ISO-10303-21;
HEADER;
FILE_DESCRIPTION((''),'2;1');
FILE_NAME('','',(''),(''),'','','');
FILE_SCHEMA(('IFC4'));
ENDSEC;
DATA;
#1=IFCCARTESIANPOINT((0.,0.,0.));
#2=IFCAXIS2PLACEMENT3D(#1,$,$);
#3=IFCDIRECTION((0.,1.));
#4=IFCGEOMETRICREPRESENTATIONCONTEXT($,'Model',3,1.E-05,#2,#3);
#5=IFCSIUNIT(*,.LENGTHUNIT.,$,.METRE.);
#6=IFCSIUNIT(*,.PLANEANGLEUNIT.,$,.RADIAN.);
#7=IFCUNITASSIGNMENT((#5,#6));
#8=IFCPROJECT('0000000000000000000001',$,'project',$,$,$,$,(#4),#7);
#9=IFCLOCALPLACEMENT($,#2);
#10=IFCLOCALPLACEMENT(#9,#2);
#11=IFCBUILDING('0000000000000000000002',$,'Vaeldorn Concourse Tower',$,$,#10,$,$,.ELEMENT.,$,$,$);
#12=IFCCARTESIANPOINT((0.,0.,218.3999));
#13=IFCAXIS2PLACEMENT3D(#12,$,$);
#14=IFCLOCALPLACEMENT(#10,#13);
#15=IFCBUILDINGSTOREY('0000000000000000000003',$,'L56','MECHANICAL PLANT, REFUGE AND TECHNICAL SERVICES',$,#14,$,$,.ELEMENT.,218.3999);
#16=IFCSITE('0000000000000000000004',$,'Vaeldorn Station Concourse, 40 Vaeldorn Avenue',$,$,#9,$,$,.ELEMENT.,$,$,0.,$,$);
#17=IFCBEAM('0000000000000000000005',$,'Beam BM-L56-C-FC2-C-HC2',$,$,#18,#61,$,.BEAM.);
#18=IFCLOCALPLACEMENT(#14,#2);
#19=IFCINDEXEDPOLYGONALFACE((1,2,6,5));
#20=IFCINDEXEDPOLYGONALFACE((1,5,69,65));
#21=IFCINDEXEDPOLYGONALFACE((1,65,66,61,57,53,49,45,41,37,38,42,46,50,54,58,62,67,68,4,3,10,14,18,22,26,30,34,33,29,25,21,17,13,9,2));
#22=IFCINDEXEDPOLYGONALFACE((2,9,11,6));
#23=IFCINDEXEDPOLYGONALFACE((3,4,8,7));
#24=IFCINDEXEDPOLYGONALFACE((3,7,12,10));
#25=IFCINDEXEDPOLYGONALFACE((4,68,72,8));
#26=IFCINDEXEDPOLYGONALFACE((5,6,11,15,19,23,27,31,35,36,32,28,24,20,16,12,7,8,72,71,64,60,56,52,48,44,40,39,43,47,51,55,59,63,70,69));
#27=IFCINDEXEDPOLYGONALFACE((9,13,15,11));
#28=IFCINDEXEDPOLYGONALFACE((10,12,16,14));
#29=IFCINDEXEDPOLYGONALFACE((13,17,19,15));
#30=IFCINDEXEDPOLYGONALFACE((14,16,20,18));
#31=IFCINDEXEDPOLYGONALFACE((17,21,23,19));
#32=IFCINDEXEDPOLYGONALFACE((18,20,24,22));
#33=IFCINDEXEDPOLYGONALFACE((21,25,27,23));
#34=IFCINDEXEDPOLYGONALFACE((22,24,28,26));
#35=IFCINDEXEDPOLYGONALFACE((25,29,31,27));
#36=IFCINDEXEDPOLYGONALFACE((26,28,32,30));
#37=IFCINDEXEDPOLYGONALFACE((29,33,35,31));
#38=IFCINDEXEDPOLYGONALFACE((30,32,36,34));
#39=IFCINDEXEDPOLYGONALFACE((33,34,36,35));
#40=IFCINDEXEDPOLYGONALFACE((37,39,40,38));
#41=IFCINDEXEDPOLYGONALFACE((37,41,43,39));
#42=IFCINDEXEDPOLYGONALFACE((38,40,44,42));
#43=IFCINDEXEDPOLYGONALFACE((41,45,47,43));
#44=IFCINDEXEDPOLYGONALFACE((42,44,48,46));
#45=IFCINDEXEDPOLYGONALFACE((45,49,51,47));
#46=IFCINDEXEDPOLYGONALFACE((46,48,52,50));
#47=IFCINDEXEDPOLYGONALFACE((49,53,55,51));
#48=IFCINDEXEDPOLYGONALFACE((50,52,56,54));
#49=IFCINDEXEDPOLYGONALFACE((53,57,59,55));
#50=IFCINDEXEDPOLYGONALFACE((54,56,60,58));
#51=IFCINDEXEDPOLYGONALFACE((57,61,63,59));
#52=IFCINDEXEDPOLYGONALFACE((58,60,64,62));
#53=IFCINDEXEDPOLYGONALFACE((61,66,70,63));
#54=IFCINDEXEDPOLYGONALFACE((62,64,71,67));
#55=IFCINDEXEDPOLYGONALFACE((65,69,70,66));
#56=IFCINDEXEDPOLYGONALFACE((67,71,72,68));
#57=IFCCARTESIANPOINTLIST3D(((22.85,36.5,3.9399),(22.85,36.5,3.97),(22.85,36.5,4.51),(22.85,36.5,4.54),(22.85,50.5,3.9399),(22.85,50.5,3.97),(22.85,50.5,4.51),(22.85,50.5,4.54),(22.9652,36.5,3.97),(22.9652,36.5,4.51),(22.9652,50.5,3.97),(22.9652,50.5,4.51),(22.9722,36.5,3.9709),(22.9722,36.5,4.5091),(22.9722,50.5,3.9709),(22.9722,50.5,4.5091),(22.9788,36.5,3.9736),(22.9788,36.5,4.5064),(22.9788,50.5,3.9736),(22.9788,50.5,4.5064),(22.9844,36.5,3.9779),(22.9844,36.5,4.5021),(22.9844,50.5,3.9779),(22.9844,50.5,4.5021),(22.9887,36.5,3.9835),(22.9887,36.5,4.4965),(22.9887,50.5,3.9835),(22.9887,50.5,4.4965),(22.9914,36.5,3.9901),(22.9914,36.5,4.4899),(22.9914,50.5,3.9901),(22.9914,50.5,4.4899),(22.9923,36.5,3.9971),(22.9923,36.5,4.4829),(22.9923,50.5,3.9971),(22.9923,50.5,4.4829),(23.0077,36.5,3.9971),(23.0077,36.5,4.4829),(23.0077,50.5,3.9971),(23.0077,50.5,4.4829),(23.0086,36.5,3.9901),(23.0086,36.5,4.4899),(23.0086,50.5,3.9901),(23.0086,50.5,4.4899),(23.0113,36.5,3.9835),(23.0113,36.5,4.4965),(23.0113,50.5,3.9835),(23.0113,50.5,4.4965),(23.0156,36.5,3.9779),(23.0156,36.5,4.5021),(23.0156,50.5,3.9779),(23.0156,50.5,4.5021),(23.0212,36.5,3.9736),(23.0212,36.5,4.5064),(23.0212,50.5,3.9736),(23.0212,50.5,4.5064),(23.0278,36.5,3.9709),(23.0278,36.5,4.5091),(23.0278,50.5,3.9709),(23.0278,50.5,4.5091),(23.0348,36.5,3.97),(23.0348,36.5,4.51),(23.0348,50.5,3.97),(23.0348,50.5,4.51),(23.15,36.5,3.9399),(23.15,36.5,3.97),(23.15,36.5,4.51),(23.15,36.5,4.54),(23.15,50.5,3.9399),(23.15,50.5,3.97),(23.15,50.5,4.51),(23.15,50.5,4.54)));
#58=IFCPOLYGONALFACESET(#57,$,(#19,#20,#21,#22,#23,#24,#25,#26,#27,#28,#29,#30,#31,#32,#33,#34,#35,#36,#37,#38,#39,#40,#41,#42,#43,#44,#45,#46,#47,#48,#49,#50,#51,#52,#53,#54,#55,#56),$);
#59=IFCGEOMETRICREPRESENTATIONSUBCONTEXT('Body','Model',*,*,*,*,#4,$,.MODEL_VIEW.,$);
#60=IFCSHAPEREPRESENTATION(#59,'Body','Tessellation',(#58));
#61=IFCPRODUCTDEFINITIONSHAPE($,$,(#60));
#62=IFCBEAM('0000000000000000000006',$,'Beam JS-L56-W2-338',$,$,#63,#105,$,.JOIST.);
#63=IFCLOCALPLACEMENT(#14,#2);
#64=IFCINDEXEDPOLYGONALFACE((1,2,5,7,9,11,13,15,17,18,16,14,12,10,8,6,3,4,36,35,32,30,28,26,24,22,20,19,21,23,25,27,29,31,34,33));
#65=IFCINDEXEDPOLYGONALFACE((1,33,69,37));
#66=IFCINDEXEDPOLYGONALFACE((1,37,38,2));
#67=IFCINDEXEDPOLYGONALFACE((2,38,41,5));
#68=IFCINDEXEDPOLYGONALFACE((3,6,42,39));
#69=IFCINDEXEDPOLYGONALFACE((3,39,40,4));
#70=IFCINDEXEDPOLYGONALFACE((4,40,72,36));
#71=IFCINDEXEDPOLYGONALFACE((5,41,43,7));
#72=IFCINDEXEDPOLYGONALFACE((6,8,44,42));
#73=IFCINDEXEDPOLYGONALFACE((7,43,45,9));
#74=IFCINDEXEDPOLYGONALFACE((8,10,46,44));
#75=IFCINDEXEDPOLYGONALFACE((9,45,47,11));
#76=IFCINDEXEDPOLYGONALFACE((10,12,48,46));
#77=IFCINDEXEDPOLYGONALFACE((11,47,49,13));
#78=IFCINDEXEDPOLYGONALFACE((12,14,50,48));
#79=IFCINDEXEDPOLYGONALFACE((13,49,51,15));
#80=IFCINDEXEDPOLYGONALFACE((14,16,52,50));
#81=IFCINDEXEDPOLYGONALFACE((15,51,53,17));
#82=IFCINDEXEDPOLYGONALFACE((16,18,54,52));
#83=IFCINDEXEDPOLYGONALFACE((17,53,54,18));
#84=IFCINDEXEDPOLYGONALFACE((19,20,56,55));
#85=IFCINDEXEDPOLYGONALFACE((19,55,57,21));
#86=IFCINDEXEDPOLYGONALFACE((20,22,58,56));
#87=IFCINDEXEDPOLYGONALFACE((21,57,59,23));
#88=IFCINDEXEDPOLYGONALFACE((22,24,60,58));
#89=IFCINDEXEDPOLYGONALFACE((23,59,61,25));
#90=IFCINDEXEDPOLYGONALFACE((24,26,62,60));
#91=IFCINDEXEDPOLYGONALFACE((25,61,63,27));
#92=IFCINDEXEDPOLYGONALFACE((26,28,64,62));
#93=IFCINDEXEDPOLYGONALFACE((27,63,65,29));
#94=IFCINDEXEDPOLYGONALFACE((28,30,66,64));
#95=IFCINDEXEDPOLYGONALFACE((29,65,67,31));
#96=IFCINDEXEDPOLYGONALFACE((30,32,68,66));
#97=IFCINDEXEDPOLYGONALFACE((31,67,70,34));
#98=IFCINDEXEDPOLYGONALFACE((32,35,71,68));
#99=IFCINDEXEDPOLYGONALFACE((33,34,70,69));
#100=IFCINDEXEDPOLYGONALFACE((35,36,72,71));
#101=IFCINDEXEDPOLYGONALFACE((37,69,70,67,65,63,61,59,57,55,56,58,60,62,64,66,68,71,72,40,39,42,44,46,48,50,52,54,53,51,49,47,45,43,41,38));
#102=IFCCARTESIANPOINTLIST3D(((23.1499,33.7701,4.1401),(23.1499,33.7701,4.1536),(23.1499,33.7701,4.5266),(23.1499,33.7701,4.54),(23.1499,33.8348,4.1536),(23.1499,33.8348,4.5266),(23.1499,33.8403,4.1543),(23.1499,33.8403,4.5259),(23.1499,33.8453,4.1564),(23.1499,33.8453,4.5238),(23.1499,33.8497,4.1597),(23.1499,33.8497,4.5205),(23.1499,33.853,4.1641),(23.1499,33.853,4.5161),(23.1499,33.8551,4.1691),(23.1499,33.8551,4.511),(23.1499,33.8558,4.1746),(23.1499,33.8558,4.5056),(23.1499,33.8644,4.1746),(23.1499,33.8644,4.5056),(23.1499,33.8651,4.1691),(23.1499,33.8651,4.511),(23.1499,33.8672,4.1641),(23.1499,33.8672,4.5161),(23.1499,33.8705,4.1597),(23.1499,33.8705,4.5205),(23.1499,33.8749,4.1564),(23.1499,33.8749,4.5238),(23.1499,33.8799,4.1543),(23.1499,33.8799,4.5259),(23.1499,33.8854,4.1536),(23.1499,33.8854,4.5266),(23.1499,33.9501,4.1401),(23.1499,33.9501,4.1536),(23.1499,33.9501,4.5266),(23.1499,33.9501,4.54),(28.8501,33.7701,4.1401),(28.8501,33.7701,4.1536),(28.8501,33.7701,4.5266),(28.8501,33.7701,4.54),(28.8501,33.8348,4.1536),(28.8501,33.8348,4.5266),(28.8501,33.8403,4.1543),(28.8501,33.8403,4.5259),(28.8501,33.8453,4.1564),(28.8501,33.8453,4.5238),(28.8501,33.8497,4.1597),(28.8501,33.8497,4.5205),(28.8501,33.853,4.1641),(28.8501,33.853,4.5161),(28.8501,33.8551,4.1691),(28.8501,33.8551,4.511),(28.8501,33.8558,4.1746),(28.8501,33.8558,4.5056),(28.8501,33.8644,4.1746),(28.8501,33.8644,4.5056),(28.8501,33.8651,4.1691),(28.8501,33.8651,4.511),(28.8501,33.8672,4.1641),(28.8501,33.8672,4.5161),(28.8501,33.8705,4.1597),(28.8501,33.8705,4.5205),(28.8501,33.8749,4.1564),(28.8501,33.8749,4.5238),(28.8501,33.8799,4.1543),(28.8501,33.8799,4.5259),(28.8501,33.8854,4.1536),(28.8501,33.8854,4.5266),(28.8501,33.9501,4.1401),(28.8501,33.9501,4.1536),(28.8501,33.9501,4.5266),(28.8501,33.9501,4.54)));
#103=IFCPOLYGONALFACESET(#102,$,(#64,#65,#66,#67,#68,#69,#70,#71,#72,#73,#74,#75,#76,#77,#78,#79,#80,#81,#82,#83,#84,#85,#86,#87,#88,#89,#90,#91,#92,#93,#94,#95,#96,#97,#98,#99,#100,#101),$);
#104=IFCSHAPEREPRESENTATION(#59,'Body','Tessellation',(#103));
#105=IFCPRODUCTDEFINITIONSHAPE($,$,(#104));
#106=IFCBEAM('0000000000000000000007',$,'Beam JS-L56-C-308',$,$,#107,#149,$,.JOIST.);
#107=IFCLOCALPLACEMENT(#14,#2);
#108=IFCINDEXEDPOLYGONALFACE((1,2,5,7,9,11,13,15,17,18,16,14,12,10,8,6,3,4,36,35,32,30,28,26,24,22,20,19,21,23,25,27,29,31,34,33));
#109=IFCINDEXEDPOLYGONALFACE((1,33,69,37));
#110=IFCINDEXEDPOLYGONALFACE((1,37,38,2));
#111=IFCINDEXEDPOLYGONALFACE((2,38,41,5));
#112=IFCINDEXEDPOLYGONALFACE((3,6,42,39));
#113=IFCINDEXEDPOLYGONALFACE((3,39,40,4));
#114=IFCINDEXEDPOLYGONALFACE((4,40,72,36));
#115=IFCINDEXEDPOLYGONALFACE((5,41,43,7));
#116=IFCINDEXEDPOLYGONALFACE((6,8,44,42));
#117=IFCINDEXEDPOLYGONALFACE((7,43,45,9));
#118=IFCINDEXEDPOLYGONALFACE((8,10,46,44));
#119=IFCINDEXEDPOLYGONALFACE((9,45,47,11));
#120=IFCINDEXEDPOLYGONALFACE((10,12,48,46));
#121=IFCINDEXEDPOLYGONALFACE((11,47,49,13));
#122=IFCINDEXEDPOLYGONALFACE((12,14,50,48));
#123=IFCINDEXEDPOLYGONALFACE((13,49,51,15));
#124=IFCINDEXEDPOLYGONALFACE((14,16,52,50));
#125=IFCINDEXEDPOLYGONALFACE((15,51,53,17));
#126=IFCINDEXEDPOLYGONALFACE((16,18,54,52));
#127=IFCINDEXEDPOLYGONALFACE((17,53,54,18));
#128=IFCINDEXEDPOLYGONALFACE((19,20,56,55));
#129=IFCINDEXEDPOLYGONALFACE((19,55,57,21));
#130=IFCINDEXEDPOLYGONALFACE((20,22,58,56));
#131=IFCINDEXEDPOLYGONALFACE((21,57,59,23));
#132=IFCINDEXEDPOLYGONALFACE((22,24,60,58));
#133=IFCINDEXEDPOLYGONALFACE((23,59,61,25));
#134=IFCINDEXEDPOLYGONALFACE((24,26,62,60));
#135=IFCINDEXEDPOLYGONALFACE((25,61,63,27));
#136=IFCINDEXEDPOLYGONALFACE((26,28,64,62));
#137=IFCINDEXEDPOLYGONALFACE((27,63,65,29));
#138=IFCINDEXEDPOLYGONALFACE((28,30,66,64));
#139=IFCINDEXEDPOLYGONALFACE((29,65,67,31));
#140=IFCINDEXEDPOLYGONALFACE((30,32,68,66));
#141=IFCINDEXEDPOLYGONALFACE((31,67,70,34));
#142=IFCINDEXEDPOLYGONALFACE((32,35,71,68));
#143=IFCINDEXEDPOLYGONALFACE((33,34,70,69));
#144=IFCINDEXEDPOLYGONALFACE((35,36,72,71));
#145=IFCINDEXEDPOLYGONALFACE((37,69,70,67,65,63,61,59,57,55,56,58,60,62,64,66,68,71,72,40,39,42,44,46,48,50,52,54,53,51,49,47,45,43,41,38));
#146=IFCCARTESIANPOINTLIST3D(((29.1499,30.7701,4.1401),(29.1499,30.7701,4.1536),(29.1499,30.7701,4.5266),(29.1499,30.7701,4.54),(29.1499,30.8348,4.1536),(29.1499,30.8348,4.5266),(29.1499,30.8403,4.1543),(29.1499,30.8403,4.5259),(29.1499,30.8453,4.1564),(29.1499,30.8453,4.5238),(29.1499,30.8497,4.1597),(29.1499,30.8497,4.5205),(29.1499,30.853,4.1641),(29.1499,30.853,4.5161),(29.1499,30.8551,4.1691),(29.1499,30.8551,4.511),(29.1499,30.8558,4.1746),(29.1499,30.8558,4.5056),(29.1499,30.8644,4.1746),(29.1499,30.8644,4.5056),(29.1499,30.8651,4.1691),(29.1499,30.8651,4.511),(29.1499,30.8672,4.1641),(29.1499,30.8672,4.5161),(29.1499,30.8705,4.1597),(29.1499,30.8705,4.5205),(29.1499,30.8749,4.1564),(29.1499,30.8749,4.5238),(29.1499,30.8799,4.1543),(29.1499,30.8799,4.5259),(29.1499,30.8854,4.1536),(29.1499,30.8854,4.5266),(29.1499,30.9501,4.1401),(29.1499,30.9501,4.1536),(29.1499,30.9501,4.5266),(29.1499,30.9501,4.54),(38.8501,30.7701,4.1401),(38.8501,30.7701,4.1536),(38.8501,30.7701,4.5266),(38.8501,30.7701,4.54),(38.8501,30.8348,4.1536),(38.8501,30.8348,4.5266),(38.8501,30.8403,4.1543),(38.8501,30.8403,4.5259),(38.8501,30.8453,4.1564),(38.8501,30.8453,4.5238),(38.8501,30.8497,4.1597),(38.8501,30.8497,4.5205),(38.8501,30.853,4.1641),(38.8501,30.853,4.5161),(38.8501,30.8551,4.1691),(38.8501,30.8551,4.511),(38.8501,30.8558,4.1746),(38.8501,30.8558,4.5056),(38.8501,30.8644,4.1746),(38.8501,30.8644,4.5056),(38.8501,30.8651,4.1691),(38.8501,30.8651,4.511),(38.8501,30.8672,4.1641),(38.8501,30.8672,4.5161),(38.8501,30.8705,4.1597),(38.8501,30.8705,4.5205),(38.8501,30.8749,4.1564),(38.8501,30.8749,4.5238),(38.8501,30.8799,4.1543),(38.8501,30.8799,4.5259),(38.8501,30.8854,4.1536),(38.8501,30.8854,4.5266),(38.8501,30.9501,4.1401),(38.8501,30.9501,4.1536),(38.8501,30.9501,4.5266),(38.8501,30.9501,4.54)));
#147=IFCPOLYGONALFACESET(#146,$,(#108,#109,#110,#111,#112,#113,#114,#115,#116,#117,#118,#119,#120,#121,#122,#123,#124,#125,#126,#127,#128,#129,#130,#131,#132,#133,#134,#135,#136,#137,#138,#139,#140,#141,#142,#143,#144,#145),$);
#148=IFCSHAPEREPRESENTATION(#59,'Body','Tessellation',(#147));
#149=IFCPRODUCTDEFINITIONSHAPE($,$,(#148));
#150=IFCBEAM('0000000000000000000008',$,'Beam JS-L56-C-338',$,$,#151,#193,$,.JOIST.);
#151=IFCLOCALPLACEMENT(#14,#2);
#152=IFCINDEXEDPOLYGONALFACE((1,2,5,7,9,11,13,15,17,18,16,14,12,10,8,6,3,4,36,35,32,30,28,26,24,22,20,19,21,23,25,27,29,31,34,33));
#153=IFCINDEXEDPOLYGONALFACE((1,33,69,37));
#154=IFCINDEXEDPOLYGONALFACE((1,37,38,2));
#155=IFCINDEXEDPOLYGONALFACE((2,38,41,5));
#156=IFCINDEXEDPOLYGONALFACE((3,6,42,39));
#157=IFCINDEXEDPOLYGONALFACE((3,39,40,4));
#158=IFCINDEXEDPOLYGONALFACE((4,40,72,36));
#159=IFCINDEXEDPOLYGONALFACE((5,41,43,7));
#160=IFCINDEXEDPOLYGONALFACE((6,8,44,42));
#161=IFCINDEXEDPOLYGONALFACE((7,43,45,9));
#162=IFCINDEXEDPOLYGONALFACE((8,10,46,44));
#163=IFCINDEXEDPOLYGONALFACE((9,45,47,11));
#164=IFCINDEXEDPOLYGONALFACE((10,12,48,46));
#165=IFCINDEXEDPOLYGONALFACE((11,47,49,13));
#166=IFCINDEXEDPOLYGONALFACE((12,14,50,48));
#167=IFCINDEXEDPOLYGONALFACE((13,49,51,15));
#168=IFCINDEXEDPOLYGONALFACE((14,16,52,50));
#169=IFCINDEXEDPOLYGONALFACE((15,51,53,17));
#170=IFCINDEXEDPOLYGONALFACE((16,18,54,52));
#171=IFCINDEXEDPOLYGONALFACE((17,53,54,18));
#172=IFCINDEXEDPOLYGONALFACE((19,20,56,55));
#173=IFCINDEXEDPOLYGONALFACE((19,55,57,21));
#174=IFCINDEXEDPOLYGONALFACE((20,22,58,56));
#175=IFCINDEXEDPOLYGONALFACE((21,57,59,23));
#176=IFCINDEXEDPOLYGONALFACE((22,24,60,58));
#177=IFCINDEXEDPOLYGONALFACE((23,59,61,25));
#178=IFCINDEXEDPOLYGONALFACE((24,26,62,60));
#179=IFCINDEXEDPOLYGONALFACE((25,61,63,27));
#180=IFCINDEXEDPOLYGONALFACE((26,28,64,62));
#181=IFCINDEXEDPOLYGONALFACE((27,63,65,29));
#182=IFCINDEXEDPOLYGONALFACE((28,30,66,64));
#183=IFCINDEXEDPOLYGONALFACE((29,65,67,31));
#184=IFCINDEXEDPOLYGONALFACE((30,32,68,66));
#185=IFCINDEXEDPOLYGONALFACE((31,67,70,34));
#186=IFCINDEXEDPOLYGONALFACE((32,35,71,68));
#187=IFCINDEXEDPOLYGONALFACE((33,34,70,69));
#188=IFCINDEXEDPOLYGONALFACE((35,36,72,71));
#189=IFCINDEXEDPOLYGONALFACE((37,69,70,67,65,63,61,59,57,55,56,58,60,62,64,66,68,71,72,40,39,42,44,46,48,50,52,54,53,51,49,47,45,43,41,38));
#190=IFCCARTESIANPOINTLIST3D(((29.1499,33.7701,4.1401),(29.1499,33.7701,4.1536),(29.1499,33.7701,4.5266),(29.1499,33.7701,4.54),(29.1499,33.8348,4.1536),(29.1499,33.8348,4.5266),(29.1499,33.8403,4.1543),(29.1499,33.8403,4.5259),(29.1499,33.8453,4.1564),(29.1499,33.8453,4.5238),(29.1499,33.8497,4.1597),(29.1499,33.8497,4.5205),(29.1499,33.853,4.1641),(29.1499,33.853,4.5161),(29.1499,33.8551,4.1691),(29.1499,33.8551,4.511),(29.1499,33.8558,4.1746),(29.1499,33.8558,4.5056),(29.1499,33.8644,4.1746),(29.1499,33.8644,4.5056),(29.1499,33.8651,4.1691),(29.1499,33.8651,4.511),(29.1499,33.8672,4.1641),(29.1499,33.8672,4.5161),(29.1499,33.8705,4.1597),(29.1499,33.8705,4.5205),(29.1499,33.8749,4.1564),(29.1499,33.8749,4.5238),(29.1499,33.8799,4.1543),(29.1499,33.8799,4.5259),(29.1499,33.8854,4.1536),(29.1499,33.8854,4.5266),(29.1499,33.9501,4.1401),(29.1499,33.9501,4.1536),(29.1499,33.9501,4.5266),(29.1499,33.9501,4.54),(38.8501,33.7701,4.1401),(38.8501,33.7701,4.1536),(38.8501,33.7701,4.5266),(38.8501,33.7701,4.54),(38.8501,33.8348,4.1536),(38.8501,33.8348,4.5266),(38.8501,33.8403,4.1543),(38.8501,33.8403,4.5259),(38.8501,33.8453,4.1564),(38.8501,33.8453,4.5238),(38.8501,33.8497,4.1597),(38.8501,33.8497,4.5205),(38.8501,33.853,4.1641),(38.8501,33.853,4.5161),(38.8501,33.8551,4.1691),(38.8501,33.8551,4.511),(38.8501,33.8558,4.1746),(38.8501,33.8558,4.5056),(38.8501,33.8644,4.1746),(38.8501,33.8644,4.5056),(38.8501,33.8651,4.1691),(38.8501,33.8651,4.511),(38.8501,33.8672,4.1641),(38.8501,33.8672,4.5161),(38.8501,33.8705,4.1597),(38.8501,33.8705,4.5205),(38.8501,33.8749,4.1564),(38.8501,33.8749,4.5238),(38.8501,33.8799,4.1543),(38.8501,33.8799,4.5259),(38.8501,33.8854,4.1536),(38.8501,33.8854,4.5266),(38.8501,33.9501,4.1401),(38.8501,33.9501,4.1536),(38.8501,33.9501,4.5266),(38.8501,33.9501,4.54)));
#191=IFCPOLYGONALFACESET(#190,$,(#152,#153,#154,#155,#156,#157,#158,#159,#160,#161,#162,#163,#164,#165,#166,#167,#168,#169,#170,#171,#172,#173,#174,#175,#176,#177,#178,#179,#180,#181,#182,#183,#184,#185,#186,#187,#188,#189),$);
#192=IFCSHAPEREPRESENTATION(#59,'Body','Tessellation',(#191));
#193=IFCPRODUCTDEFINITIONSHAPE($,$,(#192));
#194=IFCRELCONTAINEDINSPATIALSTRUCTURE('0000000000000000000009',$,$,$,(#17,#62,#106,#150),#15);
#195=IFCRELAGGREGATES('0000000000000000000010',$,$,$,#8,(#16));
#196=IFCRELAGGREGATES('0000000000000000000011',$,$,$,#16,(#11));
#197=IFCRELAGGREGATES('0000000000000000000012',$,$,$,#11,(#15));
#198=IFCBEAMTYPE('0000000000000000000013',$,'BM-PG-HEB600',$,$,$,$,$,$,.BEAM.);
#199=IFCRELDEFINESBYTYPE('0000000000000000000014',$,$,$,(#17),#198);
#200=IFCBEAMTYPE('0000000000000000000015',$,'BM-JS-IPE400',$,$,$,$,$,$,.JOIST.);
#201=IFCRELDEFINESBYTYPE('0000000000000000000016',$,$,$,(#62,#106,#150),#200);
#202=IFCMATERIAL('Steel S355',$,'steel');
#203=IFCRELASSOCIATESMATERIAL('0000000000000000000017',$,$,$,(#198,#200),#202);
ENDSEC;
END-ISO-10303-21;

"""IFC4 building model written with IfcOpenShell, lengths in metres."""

from ifc_helpers import new_model, si_unit, direction, frame, origin, origin_2d, place, context, subcontext, project, spatial, i_section, extrude, source, transform, mapped, material, material_profile, profile_set, type_object, element, save


model = new_model("IFC4")

# Units and contexts
model_context = context("Model", 3, precision=1e-05, world=origin(), true_north=direction((0.0, 1.0)))
body_context = subcontext(model_context, "Body", "Model", "MODEL_VIEW")
ifc_project = project(units=[si_unit("LENGTHUNIT", "METRE"), si_unit("PLANEANGLEUNIT", "RADIAN")], contexts=[model_context])

# Site, building, storey
site_placement = place(None, origin())
site = spatial("IfcSite", under=ifc_project, at=site_placement, Name="Vaeldorn Station Concourse, 40 Vaeldorn Avenue", CompositionType="ELEMENT", RefElevation=0.0)
building_placement = place(site_placement, origin())
building = spatial("IfcBuilding", under=site, at=building_placement, Name="Vaeldorn Concourse Tower", CompositionType="ELEMENT")
storey_placement = place(building_placement, frame((0.0, 0.0, 218.3999)))
storey = spatial("IfcBuildingStorey", under=building, at=storey_placement, Name="L56", Description="MECHANICAL PLANT, REFUGE AND TECHNICAL SERVICES", CompositionType="ELEMENT", Elevation=218.3999)

# Beams
ifc_material_1 = material(Name="Steel S355", Category="steel")
ifc_material_profile_1 = material_profile(ifc_material_1, i_section(OverallWidth=0.3, OverallDepth=0.6001, WebThickness=0.0154, FlangeThickness=0.03, FilletRadius=0.0271, at=origin_2d()), Name="HEB 600")
ifc_profile_set_1 = profile_set([ifc_material_profile_1], Name="Steel S355")
beam_type_1 = type_object("IfcBeamType", Name="BM-PG-HEB600", PredefinedType="BEAM", material=ifc_profile_set_1)
shared_shape_1 = source(origin(), body_context, "Body", "SweptSolid", [
    extrude(i_section(OverallWidth=0.3, OverallDepth=0.6001, WebThickness=0.0154, FlangeThickness=0.03, FilletRadius=0.0271, at=origin_2d()), origin(), (0.0, 0.0, 1.0), 14.0),
])
beam_1_placement = place(storey_placement, frame((23.0, 36.5, 4.24), z_axis=(0.0, 1.0, 0.0), x_axis=(-1.0, 0.0, 0.0)))
element("IfcBeam", 1, at=beam_1_placement, inside=storey, type_object=beam_type_1, Name="Beam BM-L56-C-FC2-C-HC2", PredefinedType="BEAM", context=body_context, shape_type="MappedRepresentation", body=[
    mapped(shared_shape_1, transform((0.0, 0.0, 0.0), scale=1.0)),
])
ifc_material_profile_2 = material_profile(ifc_material_1, i_section(OverallWidth=0.1799, OverallDepth=0.3999, WebThickness=0.0085, FlangeThickness=0.0134, FilletRadius=0.021, at=origin_2d()), Name="IPE 400")
ifc_profile_set_2 = profile_set([ifc_material_profile_2], Name="Steel S355")
beam_type_2 = type_object("IfcBeamType", Name="BM-JS-IPE400", PredefinedType="JOIST", material=ifc_profile_set_2)
shared_shape_2 = source(origin(), body_context, "Body", "SweptSolid", [
    extrude(i_section(OverallWidth=0.1799, OverallDepth=0.3999, WebThickness=0.0085, FlangeThickness=0.0134, FilletRadius=0.021, at=origin_2d()), origin(), (0.0, 0.0, 1.0), 5.7002),
])
beam_2_placement = place(storey_placement, frame((23.1499, 33.8601, 4.3401), z_axis=(1.0, 0.0, 0.0), x_axis=(0.0, 1.0, 0.0)))
element("IfcBeam", 2, at=beam_2_placement, inside=storey, type_object=beam_type_2, Name="Beam JS-L56-W2-338", PredefinedType="JOIST", context=body_context, shape_type="MappedRepresentation", body=[
    mapped(shared_shape_2, transform((0.0, 0.0, 0.0), scale=1.0)),
])
shared_shape_3 = source(origin(), body_context, "Body", "SweptSolid", [
    extrude(i_section(OverallWidth=0.1799, OverallDepth=0.3999, WebThickness=0.0085, FlangeThickness=0.0134, FilletRadius=0.021, at=origin_2d()), origin(), (0.0, 0.0, 1.0), 9.7002),
])
for number, where, z_axis, x_axis, name in (
    (3, (29.1499, 30.8601, 4.3401), (1.0, 0.0, 0.0), (0.0, 1.0, 0.0), "Beam JS-L56-C-308"),
    (4, (29.1499, 33.8601, 4.3401), (1.0, 0.0, 0.0), (0.0, 1.0, 0.0), "Beam JS-L56-C-338"),
):
    element("IfcBeam", number, at=place(storey_placement, frame(where, z_axis=z_axis, x_axis=x_axis)), inside=storey, type_object=beam_type_2, Name=name, PredefinedType="JOIST", context=body_context, shape_type="MappedRepresentation", body=[
        mapped(shared_shape_3, transform((0.0, 0.0, 0.0), scale=1.0)),
    ])

save(model, "model.ifc")
